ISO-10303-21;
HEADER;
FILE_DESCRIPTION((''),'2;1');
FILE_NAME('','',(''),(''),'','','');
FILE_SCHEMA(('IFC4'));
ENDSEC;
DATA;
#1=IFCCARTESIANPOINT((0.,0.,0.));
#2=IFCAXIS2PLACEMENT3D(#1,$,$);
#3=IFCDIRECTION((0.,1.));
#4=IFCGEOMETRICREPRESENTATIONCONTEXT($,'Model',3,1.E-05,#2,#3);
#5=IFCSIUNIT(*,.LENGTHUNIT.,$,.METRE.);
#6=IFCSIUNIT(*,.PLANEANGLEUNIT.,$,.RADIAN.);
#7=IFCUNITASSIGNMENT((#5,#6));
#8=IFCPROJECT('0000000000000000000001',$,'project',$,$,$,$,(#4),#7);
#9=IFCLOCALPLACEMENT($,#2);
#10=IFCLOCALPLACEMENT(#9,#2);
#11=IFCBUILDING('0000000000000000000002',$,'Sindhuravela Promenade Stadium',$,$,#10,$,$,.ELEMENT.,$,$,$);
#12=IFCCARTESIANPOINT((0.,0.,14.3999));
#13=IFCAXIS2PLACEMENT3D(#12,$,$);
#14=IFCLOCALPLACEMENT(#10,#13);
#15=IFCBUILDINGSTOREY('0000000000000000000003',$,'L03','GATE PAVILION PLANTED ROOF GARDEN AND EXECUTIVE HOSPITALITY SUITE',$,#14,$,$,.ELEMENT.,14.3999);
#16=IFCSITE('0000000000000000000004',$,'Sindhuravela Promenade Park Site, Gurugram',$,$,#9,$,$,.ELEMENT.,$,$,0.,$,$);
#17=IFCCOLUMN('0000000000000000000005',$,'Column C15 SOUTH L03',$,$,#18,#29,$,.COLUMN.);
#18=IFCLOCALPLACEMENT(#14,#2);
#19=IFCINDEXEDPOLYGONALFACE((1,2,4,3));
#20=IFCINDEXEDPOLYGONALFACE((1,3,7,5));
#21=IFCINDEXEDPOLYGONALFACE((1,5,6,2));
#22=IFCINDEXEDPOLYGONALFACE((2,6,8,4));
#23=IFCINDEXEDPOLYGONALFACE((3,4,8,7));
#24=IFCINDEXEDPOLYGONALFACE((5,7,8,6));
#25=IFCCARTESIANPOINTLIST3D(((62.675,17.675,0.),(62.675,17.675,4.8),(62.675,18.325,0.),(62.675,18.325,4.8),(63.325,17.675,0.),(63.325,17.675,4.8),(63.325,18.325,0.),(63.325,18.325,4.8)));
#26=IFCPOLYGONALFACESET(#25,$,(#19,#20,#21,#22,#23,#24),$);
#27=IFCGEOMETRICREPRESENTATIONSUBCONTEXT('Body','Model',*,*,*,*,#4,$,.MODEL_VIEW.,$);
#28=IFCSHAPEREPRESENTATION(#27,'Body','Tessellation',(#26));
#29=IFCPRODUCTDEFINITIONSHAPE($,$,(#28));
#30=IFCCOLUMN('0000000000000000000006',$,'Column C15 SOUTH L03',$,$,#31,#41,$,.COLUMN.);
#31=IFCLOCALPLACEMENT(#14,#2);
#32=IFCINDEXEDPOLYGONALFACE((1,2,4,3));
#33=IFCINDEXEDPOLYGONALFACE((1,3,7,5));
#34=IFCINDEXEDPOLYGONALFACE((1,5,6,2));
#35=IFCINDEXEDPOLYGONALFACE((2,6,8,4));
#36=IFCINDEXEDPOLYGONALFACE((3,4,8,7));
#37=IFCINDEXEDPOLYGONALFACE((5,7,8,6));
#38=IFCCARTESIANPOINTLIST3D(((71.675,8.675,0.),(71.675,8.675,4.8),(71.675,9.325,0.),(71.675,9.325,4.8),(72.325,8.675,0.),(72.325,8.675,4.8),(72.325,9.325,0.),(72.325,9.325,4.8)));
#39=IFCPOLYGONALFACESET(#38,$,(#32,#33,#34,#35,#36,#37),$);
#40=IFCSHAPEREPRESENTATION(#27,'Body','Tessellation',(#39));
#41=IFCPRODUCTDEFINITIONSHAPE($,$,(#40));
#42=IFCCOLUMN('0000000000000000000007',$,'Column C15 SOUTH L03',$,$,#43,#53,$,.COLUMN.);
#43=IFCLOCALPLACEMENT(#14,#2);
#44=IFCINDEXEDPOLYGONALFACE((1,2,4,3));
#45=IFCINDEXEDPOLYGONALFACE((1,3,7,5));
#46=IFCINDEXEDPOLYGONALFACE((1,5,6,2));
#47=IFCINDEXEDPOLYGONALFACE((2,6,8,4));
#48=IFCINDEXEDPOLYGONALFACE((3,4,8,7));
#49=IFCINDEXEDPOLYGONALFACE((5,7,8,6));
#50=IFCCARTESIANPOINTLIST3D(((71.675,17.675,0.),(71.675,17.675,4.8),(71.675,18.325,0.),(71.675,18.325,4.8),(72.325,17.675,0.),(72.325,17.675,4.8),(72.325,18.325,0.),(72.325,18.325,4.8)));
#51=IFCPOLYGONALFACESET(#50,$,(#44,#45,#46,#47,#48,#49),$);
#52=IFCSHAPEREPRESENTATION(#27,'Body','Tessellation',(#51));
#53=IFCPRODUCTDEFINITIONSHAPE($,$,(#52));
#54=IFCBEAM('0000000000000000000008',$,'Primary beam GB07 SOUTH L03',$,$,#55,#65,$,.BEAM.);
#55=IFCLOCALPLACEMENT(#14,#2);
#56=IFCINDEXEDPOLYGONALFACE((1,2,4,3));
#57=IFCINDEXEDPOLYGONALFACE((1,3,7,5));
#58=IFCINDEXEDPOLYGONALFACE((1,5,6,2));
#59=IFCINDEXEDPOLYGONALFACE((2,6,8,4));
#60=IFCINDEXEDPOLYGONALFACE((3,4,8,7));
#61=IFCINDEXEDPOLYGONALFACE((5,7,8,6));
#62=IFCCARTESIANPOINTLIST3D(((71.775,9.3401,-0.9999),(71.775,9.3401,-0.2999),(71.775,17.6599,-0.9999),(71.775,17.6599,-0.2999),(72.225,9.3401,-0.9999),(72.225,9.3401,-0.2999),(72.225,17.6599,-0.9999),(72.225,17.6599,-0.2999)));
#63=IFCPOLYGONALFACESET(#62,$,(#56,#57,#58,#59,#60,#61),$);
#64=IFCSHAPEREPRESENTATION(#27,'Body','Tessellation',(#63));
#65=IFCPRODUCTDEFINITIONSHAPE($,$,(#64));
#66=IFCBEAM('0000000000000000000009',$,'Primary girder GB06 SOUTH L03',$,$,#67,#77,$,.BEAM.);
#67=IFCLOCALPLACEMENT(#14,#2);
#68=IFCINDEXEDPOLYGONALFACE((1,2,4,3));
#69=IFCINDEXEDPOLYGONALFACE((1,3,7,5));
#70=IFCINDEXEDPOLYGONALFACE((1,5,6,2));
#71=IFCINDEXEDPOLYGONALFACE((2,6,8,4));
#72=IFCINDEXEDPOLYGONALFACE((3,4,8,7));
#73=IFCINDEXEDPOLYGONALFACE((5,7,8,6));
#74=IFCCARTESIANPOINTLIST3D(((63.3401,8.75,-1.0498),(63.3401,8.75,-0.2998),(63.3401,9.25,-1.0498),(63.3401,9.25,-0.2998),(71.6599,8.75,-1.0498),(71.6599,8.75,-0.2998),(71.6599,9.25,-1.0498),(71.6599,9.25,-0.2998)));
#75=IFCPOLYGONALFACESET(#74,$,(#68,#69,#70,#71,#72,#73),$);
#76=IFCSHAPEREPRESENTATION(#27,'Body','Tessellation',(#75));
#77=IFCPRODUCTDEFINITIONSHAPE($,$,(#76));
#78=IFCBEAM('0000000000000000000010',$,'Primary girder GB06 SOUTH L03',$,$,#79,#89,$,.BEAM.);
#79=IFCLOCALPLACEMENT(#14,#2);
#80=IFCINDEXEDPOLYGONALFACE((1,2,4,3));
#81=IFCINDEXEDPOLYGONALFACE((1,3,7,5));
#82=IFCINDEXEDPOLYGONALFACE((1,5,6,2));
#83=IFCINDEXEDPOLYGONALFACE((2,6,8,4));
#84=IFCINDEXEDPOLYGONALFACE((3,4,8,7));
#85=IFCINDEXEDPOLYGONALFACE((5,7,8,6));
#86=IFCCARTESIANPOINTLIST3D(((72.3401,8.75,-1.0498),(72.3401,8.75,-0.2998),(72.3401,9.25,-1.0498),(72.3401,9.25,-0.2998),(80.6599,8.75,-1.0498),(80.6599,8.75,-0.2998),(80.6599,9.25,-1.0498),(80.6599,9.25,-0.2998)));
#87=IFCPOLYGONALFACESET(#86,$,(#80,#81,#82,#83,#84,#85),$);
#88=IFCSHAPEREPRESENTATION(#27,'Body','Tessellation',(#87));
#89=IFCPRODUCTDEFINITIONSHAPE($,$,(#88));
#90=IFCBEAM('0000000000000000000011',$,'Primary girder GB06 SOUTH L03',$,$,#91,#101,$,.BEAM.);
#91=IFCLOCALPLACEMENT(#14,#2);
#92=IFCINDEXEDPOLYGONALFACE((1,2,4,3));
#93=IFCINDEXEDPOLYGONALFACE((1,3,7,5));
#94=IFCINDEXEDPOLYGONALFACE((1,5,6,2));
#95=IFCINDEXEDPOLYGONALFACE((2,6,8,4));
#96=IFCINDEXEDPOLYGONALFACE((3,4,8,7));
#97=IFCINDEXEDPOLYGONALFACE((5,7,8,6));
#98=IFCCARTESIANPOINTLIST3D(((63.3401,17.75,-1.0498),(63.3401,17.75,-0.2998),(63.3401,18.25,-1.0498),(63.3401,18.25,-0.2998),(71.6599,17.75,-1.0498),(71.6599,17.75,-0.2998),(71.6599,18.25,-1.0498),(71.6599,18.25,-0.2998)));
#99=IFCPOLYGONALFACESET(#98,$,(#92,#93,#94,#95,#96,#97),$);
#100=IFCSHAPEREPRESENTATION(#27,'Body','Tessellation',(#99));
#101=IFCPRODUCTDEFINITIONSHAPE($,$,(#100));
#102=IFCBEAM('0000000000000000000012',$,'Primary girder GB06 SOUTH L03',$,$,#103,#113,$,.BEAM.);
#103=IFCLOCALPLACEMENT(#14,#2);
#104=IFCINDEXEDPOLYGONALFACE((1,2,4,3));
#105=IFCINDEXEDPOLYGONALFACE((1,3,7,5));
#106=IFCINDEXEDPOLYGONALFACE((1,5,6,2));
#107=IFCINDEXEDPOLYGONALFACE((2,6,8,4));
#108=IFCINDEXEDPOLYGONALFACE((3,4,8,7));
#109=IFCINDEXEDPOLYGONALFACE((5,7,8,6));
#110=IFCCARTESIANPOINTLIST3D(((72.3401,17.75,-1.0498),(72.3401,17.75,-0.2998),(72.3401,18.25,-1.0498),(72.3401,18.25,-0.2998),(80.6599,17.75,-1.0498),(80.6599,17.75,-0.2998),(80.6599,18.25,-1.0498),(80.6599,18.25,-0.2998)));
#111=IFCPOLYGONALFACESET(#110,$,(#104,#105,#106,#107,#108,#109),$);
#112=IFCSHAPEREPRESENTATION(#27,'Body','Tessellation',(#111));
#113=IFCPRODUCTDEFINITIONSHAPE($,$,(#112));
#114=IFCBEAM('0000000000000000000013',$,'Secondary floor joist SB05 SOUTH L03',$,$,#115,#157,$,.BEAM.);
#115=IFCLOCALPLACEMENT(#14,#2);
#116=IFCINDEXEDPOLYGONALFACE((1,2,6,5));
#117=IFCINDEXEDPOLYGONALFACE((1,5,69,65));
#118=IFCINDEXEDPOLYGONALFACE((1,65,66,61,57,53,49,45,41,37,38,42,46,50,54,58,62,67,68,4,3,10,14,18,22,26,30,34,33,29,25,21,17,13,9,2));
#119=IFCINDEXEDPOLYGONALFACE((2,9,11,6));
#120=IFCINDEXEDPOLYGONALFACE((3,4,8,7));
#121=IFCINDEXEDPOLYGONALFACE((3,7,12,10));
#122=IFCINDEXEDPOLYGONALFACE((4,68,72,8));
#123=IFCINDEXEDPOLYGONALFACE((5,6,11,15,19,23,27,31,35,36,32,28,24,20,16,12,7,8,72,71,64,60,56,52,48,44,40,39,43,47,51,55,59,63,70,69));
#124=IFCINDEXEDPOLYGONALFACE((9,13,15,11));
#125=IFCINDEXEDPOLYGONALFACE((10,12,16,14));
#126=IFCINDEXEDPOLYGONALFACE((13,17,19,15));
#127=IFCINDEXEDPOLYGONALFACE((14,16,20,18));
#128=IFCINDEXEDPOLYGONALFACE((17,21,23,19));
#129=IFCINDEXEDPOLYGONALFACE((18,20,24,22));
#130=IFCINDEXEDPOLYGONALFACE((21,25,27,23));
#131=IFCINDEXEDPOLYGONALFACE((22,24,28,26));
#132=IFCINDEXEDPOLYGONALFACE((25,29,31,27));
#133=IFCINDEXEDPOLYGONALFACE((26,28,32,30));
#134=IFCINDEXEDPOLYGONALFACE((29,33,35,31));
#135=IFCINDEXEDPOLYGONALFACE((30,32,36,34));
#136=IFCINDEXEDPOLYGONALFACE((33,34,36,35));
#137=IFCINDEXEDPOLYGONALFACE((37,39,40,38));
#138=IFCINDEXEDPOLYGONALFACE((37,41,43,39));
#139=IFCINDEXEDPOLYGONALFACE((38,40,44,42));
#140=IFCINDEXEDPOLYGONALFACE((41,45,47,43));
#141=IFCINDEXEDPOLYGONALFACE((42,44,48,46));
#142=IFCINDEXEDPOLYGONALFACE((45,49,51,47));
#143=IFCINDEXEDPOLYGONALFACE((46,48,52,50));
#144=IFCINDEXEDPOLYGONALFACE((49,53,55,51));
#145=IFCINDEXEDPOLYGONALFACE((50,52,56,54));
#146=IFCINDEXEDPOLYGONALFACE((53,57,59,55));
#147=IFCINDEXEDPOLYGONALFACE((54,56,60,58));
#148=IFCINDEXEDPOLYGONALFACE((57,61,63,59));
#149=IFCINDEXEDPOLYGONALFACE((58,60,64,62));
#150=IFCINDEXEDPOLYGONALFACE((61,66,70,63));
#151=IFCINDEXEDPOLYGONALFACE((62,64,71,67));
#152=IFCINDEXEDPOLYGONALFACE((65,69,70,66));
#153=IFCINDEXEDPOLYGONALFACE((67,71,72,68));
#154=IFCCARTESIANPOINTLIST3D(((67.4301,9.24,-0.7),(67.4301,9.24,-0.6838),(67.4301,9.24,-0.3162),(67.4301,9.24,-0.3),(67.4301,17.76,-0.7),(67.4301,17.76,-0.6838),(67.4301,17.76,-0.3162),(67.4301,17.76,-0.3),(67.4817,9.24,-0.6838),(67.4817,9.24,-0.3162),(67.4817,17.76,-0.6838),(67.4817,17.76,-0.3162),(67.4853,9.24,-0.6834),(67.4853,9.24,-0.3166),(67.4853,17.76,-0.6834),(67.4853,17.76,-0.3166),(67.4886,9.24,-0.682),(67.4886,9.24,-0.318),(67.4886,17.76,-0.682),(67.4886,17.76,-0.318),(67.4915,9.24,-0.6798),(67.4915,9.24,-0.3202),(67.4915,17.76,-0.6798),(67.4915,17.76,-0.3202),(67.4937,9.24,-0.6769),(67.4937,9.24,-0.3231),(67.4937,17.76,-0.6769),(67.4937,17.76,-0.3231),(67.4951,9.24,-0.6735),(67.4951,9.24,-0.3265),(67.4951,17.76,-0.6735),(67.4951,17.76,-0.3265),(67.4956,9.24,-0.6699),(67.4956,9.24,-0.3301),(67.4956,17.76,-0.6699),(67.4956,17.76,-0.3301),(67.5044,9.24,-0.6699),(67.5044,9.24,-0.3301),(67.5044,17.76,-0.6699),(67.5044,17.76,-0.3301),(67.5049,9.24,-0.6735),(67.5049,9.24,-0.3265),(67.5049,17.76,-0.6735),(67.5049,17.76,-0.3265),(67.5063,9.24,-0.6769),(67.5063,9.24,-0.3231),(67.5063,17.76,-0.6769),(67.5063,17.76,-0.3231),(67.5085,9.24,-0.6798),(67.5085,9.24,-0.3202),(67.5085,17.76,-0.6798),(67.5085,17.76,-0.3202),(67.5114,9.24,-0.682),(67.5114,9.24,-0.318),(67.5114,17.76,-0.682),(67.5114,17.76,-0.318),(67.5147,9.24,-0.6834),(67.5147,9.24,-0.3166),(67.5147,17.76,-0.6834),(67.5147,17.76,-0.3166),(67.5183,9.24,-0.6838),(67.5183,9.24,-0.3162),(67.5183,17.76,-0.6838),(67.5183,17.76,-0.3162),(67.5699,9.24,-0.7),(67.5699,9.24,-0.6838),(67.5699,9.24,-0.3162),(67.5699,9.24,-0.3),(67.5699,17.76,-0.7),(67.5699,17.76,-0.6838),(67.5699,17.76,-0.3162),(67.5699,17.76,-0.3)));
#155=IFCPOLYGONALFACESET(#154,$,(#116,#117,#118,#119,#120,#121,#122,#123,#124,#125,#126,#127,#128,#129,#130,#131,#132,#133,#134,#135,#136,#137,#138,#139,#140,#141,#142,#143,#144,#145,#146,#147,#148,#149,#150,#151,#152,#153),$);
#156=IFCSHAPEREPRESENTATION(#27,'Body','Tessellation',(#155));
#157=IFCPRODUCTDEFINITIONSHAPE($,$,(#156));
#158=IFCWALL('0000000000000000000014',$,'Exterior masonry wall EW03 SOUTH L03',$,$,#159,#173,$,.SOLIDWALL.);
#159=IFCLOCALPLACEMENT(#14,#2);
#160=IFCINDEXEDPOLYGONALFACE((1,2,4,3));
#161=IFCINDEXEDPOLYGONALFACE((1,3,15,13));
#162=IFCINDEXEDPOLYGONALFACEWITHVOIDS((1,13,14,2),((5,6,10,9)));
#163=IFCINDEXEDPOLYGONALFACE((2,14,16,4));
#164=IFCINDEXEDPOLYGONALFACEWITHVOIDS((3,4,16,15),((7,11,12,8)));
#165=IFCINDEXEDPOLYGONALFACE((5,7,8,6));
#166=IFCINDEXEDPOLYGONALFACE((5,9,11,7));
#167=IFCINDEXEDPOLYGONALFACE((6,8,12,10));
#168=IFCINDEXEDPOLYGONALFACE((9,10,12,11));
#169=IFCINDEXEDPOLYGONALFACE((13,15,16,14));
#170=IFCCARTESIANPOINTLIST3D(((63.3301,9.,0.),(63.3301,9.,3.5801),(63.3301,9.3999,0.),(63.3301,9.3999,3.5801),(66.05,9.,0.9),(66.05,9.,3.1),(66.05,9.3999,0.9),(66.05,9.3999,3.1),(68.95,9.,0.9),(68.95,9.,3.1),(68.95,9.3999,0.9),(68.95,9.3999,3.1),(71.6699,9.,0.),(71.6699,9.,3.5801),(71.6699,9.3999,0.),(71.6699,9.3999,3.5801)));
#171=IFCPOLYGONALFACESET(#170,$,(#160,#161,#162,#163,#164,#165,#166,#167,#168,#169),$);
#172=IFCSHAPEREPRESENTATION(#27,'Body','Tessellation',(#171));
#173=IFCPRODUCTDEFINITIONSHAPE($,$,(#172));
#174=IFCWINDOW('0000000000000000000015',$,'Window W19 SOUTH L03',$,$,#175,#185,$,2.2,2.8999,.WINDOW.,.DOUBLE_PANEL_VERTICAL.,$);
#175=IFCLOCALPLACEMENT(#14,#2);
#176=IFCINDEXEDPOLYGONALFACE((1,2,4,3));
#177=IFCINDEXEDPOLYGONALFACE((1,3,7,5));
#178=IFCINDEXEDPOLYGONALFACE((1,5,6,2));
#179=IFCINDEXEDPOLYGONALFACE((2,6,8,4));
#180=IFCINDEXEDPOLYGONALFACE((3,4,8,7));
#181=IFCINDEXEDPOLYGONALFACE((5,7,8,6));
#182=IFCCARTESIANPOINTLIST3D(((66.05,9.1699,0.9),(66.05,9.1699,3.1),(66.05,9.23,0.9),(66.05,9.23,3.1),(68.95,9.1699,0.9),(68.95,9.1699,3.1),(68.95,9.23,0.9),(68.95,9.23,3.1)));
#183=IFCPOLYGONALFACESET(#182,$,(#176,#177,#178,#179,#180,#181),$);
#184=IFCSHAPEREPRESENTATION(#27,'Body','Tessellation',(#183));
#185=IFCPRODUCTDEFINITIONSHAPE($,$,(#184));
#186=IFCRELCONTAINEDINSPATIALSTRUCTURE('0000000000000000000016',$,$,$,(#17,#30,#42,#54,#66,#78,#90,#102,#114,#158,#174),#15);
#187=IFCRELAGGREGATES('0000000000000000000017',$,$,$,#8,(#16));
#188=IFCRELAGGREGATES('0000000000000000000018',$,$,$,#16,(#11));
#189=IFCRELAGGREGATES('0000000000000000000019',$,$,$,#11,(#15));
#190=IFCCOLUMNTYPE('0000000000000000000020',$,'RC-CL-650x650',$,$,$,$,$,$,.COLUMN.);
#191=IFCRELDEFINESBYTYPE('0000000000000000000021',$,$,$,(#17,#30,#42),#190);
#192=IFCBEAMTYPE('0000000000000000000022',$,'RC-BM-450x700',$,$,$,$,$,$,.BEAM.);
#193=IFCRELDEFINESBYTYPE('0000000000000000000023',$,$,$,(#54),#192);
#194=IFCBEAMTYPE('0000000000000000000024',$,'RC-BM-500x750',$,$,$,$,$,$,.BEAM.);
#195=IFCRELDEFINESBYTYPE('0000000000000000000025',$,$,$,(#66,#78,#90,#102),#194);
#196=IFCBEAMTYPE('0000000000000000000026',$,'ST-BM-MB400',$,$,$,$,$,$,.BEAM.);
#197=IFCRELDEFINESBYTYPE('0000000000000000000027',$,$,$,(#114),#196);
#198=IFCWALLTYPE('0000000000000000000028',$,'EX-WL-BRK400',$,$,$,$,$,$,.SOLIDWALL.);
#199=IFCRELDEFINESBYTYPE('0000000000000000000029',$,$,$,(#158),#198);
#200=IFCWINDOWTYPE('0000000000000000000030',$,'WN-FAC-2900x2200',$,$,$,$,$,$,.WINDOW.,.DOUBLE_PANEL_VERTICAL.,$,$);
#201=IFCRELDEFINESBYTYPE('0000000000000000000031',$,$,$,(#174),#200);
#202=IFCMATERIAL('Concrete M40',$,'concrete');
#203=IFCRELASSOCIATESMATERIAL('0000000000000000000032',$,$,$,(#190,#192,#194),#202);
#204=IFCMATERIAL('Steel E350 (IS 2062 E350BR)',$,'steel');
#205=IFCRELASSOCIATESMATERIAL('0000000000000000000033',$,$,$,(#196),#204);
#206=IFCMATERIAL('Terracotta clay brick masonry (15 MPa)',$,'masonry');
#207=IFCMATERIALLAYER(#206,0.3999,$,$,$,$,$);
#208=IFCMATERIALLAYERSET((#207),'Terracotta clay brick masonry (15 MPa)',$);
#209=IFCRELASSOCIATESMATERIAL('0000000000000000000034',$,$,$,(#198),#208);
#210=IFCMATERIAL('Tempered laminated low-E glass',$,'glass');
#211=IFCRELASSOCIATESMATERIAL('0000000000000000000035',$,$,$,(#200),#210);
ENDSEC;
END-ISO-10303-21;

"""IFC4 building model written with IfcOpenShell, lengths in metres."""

from ifc_helpers import new_model, si_unit, direction, frame, frame_2d, origin, origin_2d, place, context, subcontext, project, spatial, rectangle, i_section, extrude, material, layer, layer_set, material_profile, profile_set, type_object, element, fill, save


model = new_model("IFC4")

# Units and contexts
model_context = context("Model", 3, precision=1e-05, world=origin(), true_north=direction((0.0, 1.0)))
body_context = subcontext(model_context, "Body", "Model", "MODEL_VIEW")
ifc_project = project(units=[si_unit("LENGTHUNIT", "METRE"), si_unit("PLANEANGLEUNIT", "RADIAN")], contexts=[model_context])

# Site, building, storey
site_placement = place(None, origin())
site = spatial("IfcSite", under=ifc_project, at=site_placement, Name="Sindhuravela Promenade Park Site, Gurugram", CompositionType="ELEMENT", RefElevation=0.0)
building_placement = place(site_placement, origin())
building = spatial("IfcBuilding", under=site, at=building_placement, Name="Sindhuravela Promenade Stadium", CompositionType="ELEMENT")
storey_placement = place(building_placement, frame((0.0, 0.0, 14.3999)))
storey = spatial("IfcBuildingStorey", under=building, at=storey_placement, Name="L03", Description="GATE PAVILION PLANTED ROOF GARDEN AND EXECUTIVE HOSPITALITY SUITE", CompositionType="ELEMENT", Elevation=14.3999)

# Columns
ifc_material_1 = material(Name="Concrete M40", Category="concrete")
ifc_material_profile_1 = material_profile(ifc_material_1, rectangle(XDim=0.6499, YDim=0.6499, at=origin_2d()), Name="RC 650x650")
ifc_profile_set_1 = profile_set([ifc_material_profile_1], Name="Concrete M40")
column_type = type_object("IfcColumnType", Name="RC-CL-650x650", PredefinedType="COLUMN", material=ifc_profile_set_1)
for number, where, z_axis, x_axis, name in (
    (1, (63.0, 18.0, 0.0), (0.0, 0.0, 1.0), (1.0, 0.0, 0.0), "Column C15 SOUTH L03"),
    (2, (72.0, 9.0, 0.0), (0.0, 0.0, 1.0), (1.0, 0.0, 0.0), "Column C15 SOUTH L03"),
    (3, (72.0, 18.0, 0.0), (0.0, 0.0, 1.0), (1.0, 0.0, 0.0), "Column C15 SOUTH L03"),
):
    element("IfcColumn", number, at=place(storey_placement, frame(where, z_axis=z_axis, x_axis=x_axis)), inside=storey, type_object=column_type, Name=name, PredefinedType="COLUMN", context=body_context, shape_type="SweptSolid", body=[
        extrude(rectangle(XDim=0.6499, YDim=0.6499, at=origin_2d()), origin(), (0.0, 0.0, 1.0), 4.8),
    ])

# Beams
ifc_material_profile_2 = material_profile(ifc_material_1, rectangle(XDim=0.45, YDim=0.7, at=origin_2d()), Name="RC 450x700")
ifc_profile_set_2 = profile_set([ifc_material_profile_2], Name="Concrete M40")
beam_type_1 = type_object("IfcBeamType", Name="RC-BM-450x700", PredefinedType="BEAM", material=ifc_profile_set_2)
beam_1_placement = place(storey_placement, frame((72.0, 9.3401, -0.6499), z_axis=(0.0, 1.0, 0.0), x_axis=(-1.0, 0.0, 0.0)))
element("IfcBeam", 4, at=beam_1_placement, inside=storey, type_object=beam_type_1, Name="Primary beam GB07 SOUTH L03", PredefinedType="BEAM", context=body_context, shape_type="SweptSolid", body=[
    extrude(rectangle(XDim=0.45, YDim=0.7, at=origin_2d()), origin(), (0.0, 0.0, 1.0), 8.3198),
])
ifc_material_profile_3 = material_profile(ifc_material_1, rectangle(XDim=0.5, YDim=0.75, at=origin_2d()), Name="RC 500x750")
ifc_profile_set_3 = profile_set([ifc_material_profile_3], Name="Concrete M40")
beam_type_2 = type_object("IfcBeamType", Name="RC-BM-500x750", PredefinedType="BEAM", material=ifc_profile_set_3)
for number, where, z_axis, x_axis, name in (
    (5, (63.3401, 9.0, -0.6748), (1.0, 0.0, 0.0), (0.0, 1.0, 0.0), "Primary girder GB06 SOUTH L03"),
    (6, (72.3401, 9.0, -0.6748), (1.0, 0.0, 0.0), (0.0, 1.0, 0.0), "Primary girder GB06 SOUTH L03"),
    (7, (63.3401, 18.0, -0.6748), (1.0, 0.0, 0.0), (0.0, 1.0, 0.0), "Primary girder GB06 SOUTH L03"),
    (8, (72.3401, 18.0, -0.6748), (1.0, 0.0, 0.0), (0.0, 1.0, 0.0), "Primary girder GB06 SOUTH L03"),
):
    element("IfcBeam", number, at=place(storey_placement, frame(where, z_axis=z_axis, x_axis=x_axis)), inside=storey, type_object=beam_type_2, Name=name, PredefinedType="BEAM", context=body_context, shape_type="SweptSolid", body=[
        extrude(rectangle(XDim=0.5, YDim=0.75, at=origin_2d()), origin(), (0.0, 0.0, 1.0), 8.3198),
    ])
ifc_material_2 = material(Name="Steel E350 (IS 2062 E350BR)", Category="steel")
ifc_material_profile_4 = material_profile(ifc_material_2, i_section(OverallWidth=0.1399, OverallDepth=0.3999, WebThickness=0.0088, FlangeThickness=0.0161, FilletRadius=0.0139, at=origin_2d()), Name="ISMB 400")
ifc_profile_set_4 = profile_set([ifc_material_profile_4], Name="Steel E350 (IS 2062 E350BR)")
beam_type_3 = type_object("IfcBeamType", Name="ST-BM-MB400", PredefinedType="BEAM", material=ifc_profile_set_4)
beam_2_placement = place(storey_placement, frame((67.5, 9.24, -0.5), z_axis=(0.0, 1.0, 0.0), x_axis=(-1.0, 0.0, 0.0)))
element("IfcBeam", 9, at=beam_2_placement, inside=storey, type_object=beam_type_3, Name="Secondary floor joist SB05 SOUTH L03", PredefinedType="BEAM", context=body_context, shape_type="SweptSolid", body=[
    extrude(i_section(OverallWidth=0.1399, OverallDepth=0.3999, WebThickness=0.0088, FlangeThickness=0.0161, FilletRadius=0.0139, at=origin_2d()), origin(), (0.0, 0.0, 1.0), 8.52),
])

# Wall, opening, window
ifc_material_3 = material(Name="Terracotta clay brick masonry (15 MPa)", Category="masonry")
ifc_layer_1 = layer(ifc_material_3, 0.3999)
ifc_layer_set_1 = layer_set([ifc_layer_1], Name="Terracotta clay brick masonry (15 MPa)")
wall_type_1 = type_object("IfcWallType", Name="EX-WL-BRK400", PredefinedType="SOLIDWALL", material=ifc_layer_set_1)
wall_1_placement = place(storey_placement, frame((71.6699, 9.2, 0.0), z_axis=(0.0, 0.0, 1.0), x_axis=(-1.0, 0.0, 0.0)))
wall_1 = element("IfcWall", 10, at=wall_1_placement, inside=storey, type_object=wall_type_1, Name="Exterior masonry wall EW03 SOUTH L03", PredefinedType="SOLIDWALL", context=body_context, shape_type="SweptSolid", body=[
    extrude(rectangle(XDim=8.3398, YDim=0.3999, at=frame_2d((4.1699, 0.0))), origin(), (0.0, 0.0, 1.0), 3.5801),
])
opening_1_placement = place(wall_1_placement, frame((2.72, 0.0, 0.8999)))
opening_1 = element("IfcOpeningElement", 11, at=opening_1_placement, cuts=wall_1, PredefinedType="OPENING", context=body_context, shape_type="SweptSolid", body=[
    extrude(rectangle(XDim=2.8999, YDim=2.2, at=frame_2d((1.45, 1.1001))), frame((0.0, 0.21, 0.0), z_axis=(0.0, -1.0, 0.0), x_axis=(1.0, 0.0, 0.0)), (0.0, 0.0, 1.0), 0.4199),
])
ifc_material_4 = material(Name="Tempered laminated low-E glass", Category="glass")
window_type = type_object("IfcWindowType", Name="WN-FAC-2900x2200", PartitioningType="DOUBLE_PANEL_VERTICAL", PredefinedType="WINDOW", material=ifc_material_4)
window_placement = place(opening_1_placement, origin())
window = element("IfcWindow", 12, at=window_placement, inside=storey, type_object=window_type, Name="Window W19 SOUTH L03", OverallHeight=2.2, OverallWidth=2.8999, PartitioningType="DOUBLE_PANEL_VERTICAL", PredefinedType="WINDOW", context=body_context, shape_type="SweptSolid", body=[
    extrude(rectangle(XDim=2.8999, YDim=2.2, at=frame_2d((1.45, 1.1001))), frame((0.0, 0.03, 0.0), z_axis=(0.0, -1.0, 0.0), x_axis=(1.0, 0.0, 0.0)), (0.0, 0.0, 1.0), 0.0601),
])
fill(opening_1, window)

save(model, "model.ifc")
